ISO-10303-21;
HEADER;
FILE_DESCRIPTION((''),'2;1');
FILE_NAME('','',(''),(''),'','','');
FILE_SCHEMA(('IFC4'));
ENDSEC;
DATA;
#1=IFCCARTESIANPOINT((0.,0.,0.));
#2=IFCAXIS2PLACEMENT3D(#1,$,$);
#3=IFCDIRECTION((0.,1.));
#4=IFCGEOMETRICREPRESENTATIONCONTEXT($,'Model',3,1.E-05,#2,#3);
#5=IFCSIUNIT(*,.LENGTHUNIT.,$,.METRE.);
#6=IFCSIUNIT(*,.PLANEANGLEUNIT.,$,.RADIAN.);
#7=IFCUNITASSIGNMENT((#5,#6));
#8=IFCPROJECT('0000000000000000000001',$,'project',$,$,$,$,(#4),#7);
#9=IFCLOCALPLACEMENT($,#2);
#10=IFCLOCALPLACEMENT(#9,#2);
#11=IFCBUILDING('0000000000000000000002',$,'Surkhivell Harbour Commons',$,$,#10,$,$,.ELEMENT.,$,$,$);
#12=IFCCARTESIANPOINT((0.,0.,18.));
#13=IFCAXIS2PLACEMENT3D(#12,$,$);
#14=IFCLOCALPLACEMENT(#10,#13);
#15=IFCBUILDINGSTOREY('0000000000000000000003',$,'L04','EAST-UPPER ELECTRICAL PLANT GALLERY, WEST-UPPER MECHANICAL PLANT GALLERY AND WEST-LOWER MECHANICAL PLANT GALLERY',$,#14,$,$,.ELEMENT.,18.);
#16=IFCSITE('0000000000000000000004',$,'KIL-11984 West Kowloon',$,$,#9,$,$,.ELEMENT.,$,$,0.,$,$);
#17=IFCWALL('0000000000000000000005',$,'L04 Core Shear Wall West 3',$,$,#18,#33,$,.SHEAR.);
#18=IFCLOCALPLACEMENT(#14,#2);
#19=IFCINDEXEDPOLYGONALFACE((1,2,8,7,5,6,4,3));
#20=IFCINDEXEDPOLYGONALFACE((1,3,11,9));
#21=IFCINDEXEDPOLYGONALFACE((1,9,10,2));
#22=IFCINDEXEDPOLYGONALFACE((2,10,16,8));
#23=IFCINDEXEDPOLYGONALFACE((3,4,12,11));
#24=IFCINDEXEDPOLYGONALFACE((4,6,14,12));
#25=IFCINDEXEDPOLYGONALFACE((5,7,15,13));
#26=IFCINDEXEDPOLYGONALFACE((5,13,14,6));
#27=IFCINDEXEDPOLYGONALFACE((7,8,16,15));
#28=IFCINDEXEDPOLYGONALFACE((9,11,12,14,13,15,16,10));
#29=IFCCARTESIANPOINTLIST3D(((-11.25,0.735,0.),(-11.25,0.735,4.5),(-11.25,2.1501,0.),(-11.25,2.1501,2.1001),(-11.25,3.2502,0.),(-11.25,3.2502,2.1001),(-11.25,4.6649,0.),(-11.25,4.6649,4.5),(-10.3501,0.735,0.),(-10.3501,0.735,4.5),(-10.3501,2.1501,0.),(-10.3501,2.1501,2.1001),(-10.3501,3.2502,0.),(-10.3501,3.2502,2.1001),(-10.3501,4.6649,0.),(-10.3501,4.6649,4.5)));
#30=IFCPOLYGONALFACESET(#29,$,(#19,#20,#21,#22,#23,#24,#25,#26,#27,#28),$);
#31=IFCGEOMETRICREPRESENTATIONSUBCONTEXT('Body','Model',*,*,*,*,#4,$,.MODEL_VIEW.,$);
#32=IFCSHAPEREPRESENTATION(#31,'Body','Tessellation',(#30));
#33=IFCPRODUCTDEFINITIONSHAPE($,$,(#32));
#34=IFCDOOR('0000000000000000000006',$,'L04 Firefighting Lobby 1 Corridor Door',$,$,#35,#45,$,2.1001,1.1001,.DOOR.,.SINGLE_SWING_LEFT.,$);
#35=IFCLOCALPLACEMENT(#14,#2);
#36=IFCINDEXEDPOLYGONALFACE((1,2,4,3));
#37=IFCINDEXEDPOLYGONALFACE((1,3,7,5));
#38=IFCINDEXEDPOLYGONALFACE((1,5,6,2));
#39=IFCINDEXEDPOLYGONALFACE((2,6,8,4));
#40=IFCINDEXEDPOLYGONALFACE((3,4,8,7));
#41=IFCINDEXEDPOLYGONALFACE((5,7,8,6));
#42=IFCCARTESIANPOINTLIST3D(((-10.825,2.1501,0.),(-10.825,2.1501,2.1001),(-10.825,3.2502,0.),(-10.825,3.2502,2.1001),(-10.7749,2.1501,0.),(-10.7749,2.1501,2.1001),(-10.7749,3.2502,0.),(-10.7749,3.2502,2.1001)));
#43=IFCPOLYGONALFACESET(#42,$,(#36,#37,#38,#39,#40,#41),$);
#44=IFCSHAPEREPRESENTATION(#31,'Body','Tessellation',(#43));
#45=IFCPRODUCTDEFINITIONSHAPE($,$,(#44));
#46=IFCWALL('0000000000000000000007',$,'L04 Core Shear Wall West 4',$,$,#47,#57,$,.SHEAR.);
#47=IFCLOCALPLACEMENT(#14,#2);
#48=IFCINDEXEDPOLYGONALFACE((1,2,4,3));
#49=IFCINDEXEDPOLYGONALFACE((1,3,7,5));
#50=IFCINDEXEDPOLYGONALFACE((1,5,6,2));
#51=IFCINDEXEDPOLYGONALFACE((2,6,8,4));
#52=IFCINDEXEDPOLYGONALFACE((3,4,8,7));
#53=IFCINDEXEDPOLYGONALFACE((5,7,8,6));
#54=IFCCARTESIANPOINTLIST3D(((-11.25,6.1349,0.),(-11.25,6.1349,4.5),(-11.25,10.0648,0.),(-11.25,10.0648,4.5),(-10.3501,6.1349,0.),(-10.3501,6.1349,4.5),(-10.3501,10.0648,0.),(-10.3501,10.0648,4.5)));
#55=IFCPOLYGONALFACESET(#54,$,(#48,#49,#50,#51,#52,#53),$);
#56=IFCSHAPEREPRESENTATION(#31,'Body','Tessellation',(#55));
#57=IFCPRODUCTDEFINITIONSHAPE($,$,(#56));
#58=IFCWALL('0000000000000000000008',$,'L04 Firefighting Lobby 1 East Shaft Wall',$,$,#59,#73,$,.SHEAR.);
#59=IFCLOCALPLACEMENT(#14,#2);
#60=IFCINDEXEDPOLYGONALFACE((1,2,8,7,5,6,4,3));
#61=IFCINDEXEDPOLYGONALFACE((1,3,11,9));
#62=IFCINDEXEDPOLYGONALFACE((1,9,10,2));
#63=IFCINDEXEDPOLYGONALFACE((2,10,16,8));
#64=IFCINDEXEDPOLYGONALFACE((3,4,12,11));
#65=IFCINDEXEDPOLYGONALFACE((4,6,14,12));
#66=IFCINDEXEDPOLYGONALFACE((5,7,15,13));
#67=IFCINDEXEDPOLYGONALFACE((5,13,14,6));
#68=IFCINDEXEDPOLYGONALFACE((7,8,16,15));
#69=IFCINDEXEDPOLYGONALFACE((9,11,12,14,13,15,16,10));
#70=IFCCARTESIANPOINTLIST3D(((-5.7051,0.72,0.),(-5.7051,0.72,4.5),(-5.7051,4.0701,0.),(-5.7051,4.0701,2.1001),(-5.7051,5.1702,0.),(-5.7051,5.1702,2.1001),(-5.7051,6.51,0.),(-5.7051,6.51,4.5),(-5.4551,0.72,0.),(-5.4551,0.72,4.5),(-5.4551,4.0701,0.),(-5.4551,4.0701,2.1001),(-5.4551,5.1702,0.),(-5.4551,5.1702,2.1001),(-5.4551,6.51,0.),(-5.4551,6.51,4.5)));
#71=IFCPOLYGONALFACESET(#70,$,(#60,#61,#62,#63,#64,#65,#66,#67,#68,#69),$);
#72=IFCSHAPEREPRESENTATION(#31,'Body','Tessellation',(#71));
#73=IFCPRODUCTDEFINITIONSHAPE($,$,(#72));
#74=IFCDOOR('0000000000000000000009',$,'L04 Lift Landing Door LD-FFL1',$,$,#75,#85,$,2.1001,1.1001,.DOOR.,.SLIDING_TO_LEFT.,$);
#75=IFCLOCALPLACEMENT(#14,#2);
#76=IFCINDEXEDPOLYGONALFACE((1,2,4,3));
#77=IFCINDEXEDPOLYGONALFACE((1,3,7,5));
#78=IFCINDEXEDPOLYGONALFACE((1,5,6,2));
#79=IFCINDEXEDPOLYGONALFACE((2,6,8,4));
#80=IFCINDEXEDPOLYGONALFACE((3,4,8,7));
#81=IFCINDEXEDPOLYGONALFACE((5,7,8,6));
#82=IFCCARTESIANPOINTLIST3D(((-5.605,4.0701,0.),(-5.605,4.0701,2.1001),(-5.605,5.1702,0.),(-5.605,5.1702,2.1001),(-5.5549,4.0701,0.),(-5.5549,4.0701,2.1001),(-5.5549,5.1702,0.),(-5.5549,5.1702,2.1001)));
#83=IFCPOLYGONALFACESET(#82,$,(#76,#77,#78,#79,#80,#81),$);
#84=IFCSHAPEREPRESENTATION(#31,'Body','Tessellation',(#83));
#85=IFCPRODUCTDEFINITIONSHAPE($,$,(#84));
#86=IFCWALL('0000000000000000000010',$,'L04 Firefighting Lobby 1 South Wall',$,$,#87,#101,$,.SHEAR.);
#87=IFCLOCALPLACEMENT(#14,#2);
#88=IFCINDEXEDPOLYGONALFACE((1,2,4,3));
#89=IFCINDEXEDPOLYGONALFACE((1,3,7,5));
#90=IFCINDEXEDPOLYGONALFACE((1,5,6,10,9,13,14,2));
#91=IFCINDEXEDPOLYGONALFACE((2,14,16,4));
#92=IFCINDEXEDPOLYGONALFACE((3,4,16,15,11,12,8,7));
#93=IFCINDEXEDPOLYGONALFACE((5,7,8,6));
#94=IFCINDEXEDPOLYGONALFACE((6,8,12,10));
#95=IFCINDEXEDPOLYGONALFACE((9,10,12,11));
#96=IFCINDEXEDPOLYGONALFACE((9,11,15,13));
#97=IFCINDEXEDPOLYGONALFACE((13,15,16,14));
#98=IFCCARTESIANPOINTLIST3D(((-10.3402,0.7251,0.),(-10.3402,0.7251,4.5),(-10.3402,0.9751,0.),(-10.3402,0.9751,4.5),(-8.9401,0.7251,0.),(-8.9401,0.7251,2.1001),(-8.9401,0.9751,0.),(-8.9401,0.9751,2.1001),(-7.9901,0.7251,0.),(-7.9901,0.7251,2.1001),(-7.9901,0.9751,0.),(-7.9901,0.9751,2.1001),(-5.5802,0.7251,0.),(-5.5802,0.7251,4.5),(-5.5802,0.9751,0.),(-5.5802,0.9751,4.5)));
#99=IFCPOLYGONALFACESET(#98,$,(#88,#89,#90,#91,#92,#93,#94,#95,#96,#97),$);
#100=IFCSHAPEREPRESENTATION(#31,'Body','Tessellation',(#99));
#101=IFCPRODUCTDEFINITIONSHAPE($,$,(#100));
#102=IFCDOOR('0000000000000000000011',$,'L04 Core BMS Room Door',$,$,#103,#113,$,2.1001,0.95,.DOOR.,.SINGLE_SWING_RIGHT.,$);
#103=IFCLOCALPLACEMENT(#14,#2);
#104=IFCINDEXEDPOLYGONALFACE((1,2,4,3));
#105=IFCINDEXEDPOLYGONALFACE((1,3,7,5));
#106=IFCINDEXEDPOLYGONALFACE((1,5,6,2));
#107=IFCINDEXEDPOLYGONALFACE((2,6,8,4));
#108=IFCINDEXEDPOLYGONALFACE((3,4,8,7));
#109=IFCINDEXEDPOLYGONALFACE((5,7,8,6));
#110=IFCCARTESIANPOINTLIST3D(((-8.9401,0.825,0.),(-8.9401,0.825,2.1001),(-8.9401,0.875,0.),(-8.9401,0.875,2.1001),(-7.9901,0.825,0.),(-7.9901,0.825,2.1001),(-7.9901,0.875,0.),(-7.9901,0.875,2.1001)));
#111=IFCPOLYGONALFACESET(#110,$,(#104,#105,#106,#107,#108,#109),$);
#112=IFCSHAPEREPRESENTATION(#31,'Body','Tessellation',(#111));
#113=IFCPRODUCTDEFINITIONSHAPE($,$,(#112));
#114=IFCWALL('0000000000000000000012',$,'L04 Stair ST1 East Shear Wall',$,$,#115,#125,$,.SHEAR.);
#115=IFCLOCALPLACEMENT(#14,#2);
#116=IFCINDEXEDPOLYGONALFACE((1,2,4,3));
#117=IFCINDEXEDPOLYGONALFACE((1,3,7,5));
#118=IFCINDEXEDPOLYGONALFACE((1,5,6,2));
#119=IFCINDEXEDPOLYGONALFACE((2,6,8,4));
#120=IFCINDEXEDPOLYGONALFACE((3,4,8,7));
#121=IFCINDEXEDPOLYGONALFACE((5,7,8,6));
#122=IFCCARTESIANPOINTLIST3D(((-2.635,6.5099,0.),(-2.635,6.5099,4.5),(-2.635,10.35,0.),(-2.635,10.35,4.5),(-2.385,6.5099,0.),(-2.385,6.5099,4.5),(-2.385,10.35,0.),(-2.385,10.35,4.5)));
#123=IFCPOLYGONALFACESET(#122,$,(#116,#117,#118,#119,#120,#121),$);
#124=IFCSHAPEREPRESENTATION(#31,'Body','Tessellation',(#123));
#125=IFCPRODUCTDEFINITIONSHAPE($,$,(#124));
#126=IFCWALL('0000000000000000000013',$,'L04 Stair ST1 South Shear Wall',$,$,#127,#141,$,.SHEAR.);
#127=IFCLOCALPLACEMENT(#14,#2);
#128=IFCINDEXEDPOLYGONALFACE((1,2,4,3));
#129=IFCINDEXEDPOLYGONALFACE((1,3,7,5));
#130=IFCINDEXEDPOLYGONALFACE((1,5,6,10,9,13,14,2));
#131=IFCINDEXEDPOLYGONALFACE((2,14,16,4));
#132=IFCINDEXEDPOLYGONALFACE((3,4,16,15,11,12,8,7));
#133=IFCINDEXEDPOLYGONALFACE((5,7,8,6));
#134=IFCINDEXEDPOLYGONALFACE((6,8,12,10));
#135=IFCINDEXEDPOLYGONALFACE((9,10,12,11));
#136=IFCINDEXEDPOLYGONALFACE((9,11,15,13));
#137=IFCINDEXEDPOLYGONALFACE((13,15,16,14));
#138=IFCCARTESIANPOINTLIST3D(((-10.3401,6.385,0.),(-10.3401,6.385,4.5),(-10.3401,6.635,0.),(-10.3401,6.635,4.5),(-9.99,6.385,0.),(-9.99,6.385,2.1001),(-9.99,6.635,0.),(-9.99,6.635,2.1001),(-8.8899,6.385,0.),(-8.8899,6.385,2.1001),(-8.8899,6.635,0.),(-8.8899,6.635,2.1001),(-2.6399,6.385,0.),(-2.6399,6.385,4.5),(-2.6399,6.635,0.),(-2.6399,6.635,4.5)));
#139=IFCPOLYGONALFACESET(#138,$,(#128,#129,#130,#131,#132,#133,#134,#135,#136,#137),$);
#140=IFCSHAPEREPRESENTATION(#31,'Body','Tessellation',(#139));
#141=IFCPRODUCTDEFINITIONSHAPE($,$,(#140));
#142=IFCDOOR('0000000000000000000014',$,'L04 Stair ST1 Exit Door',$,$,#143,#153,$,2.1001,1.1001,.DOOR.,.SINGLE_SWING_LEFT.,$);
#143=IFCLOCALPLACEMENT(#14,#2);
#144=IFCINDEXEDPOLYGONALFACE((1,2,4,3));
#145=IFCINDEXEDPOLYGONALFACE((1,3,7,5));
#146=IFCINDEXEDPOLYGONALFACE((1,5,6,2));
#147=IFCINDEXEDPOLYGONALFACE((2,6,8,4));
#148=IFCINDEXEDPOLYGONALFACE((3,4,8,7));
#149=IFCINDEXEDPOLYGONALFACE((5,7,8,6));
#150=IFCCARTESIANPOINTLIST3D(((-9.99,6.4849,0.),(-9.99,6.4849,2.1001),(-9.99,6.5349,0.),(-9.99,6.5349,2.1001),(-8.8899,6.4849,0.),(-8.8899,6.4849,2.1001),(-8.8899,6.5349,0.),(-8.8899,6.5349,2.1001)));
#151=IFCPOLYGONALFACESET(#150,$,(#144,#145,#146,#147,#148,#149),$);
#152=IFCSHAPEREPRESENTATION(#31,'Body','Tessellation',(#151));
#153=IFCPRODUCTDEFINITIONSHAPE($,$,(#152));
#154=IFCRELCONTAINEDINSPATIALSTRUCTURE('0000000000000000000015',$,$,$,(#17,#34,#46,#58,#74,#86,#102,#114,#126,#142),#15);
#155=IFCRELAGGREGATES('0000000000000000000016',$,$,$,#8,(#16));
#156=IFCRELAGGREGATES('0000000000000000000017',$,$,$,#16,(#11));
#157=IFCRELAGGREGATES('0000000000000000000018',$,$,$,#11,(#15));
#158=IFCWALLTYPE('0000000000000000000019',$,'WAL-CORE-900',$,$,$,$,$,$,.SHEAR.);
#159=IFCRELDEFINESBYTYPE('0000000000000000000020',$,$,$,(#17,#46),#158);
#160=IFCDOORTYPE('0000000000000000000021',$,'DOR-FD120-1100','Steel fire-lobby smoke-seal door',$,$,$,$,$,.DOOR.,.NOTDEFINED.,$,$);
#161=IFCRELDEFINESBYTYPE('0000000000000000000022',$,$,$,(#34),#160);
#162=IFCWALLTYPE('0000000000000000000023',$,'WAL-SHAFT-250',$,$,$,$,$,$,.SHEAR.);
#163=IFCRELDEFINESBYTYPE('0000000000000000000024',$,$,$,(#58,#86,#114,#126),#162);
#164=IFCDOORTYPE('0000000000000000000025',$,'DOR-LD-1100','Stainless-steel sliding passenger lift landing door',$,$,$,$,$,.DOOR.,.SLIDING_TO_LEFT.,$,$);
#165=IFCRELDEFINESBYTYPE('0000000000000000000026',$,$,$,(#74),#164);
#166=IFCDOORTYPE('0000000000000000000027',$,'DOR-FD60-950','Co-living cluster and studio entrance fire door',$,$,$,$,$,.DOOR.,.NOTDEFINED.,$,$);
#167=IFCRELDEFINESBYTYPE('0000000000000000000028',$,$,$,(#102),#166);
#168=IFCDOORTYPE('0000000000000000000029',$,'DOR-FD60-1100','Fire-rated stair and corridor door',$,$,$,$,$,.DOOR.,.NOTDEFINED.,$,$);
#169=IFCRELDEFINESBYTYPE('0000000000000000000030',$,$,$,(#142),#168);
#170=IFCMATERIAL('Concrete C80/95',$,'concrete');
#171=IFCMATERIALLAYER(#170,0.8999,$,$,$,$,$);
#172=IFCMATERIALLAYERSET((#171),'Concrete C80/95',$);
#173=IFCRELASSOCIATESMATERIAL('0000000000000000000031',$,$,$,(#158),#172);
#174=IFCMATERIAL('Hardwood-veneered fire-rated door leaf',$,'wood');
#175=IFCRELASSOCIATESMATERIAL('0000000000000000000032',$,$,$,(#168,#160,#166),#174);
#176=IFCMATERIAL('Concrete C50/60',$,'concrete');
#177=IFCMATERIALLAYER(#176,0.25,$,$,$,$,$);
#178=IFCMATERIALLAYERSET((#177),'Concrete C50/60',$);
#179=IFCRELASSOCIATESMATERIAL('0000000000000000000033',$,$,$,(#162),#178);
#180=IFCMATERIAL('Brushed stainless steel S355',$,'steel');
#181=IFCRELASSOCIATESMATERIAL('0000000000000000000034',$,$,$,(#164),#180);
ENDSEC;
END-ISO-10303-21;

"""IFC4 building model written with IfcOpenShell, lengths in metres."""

from ifc_helpers import new_model, si_unit, direction, frame, frame_2d, origin, place, context, subcontext, project, spatial, rectangle, extrude, material, layer, layer_set, type_object, element, fill, save


model = new_model("IFC4")

# Units and contexts
model_context = context("Model", 3, precision=1e-05, world=origin(), true_north=direction((0.0, 1.0)))
body_context = subcontext(model_context, "Body", "Model", "MODEL_VIEW")
ifc_project = project(units=[si_unit("LENGTHUNIT", "METRE"), si_unit("PLANEANGLEUNIT", "RADIAN")], contexts=[model_context])

# Site, building, storey
site_placement = place(None, origin())
site = spatial("IfcSite", under=ifc_project, at=site_placement, Name="KIL-11984 West Kowloon", CompositionType="ELEMENT", RefElevation=0.0)
building_placement = place(site_placement, origin())
building = spatial("IfcBuilding", under=site, at=building_placement, Name="Surkhivell Harbour Commons", CompositionType="ELEMENT")
storey_placement = place(building_placement, frame((0.0, 0.0, 18.0)))
storey = spatial("IfcBuildingStorey", under=building, at=storey_placement, Name="L04", Description="EAST-UPPER ELECTRICAL PLANT GALLERY, WEST-UPPER MECHANICAL PLANT GALLERY AND WEST-LOWER MECHANICAL PLANT GALLERY", CompositionType="ELEMENT", Elevation=18.0)

# Shared definitions
ifc_material_1 = material(Name="Concrete C80/95", Category="concrete")

# Shared definitions
ifc_layer_1 = layer(ifc_material_1, 0.8999)
ifc_layer_set_1 = layer_set([ifc_layer_1], Name="Concrete C80/95")
wall_type_1 = type_object("IfcWallType", Name="WAL-CORE-900", PredefinedType="SHEAR", material=ifc_layer_set_1)

# Wall, opening, door
ifc_material_2 = material(Name="Hardwood-veneered fire-rated door leaf", Category="wood")
door_type_1 = type_object("IfcDoorType", Name="DOR-FD60-1100", Description="Fire-rated stair and corridor door", OperationType="NOTDEFINED", PredefinedType="DOOR", material=ifc_material_2)
wall_1_placement = place(storey_placement, frame((-10.8, 0.7351, 0.0), z_axis=(0.0, 0.0, 1.0), x_axis=(0.0, 1.0, 0.0)))
wall_1 = element("IfcWall", 1, at=wall_1_placement, inside=storey, type_object=wall_type_1, Name="L04 Core Shear Wall West 3", PredefinedType="SHEAR", context=body_context, shape_type="SweptSolid", body=[
    extrude(rectangle(XDim=3.9299, YDim=0.8999, at=frame_2d((1.9648, 0.0))), origin(), (0.0, 0.0, 1.0), 4.5),
])
opening_1_placement = place(wall_1_placement, frame((1.415, 0.0, 0.0)))
opening_1 = element("IfcOpeningElement", 2, at=opening_1_placement, cuts=wall_1, PredefinedType="OPENING", context=body_context, shape_type="SweptSolid", body=[
    extrude(rectangle(XDim=1.1001, YDim=2.1001, at=frame_2d((0.55, 1.05))), frame((0.0, 0.46, 0.0), z_axis=(0.0, -1.0, 0.0), x_axis=(1.0, 0.0, 0.0)), (0.0, 0.0, 1.0), 0.9199),
])
door_type_2 = type_object("IfcDoorType", Name="DOR-FD120-1100", Description="Steel fire-lobby smoke-seal door", OperationType="NOTDEFINED", PredefinedType="DOOR", material=ifc_material_2)
door_1_placement = place(opening_1_placement, origin())
door_1 = element("IfcDoor", 3, at=door_1_placement, inside=storey, type_object=door_type_2, Name="L04 Firefighting Lobby 1 Corridor Door", OperationType="SINGLE_SWING_LEFT", OverallHeight=2.1001, OverallWidth=1.1001, PredefinedType="DOOR", context=body_context, shape_type="SweptSolid", body=[
    extrude(rectangle(XDim=1.1001, YDim=2.1001, at=frame_2d((0.55, 1.05))), frame((0.0, 0.0249, 0.0), z_axis=(0.0, -1.0, 0.0), x_axis=(1.0, 0.0, 0.0)), (0.0, 0.0, 1.0), 0.05),
])
fill(opening_1, door_1)

# Wall
wall_2_placement = place(storey_placement, frame((-10.8, 6.135, 0.0), z_axis=(0.0, 0.0, 1.0), x_axis=(0.0, 1.0, 0.0)))
element("IfcWall", 4, at=wall_2_placement, inside=storey, type_object=wall_type_1, Name="L04 Core Shear Wall West 4", PredefinedType="SHEAR", context=body_context, shape_type="SweptSolid", body=[
    extrude(rectangle(XDim=3.9299, YDim=0.8999, at=frame_2d((1.9648, 0.0))), origin(), (0.0, 0.0, 1.0), 4.5),
])

# Walls, openings, doors
ifc_material_3 = material(Name="Concrete C50/60", Category="concrete")
ifc_layer_2 = layer(ifc_material_3, 0.25)
ifc_layer_set_2 = layer_set([ifc_layer_2], Name="Concrete C50/60")
wall_type_2 = type_object("IfcWallType", Name="WAL-SHAFT-250", PredefinedType="SHEAR", material=ifc_layer_set_2)
wall_3_placement = place(storey_placement, frame((-5.5801, 0.72, 0.0), z_axis=(0.0, 0.0, 1.0), x_axis=(0.0, 1.0, 0.0)))
wall_3 = element("IfcWall", 5, at=wall_3_placement, inside=storey, type_object=wall_type_2, Name="L04 Firefighting Lobby 1 East Shaft Wall", PredefinedType="SHEAR", context=body_context, shape_type="SweptSolid", body=[
    extrude(rectangle(XDim=5.79, YDim=0.25, at=frame_2d((2.895, 0.0))), origin(), (0.0, 0.0, 1.0), 4.5),
])
opening_2_placement = place(wall_3_placement, frame((3.3501, 0.0, 0.0)))
opening_2 = element("IfcOpeningElement", 6, at=opening_2_placement, cuts=wall_3, PredefinedType="OPENING", context=body_context, shape_type="SweptSolid", body=[
    extrude(rectangle(XDim=1.1001, YDim=2.1001, at=frame_2d((0.55, 1.05))), frame((0.0, 0.135, 0.0), z_axis=(0.0, -1.0, 0.0), x_axis=(1.0, 0.0, 0.0)), (0.0, 0.0, 1.0), 0.27),
])
ifc_material_4 = material(Name="Brushed stainless steel S355", Category="steel")
door_type_3 = type_object("IfcDoorType", Name="DOR-LD-1100", Description="Stainless-steel sliding passenger lift landing door", OperationType="SLIDING_TO_LEFT", PredefinedType="DOOR", material=ifc_material_4)
door_2_placement = place(opening_2_placement, origin())
door_2 = element("IfcDoor", 7, at=door_2_placement, inside=storey, type_object=door_type_3, Name="L04 Lift Landing Door LD-FFL1", OperationType="SLIDING_TO_LEFT", OverallHeight=2.1001, OverallWidth=1.1001, PredefinedType="DOOR", context=body_context, shape_type="SweptSolid", body=[
    extrude(rectangle(XDim=1.1001, YDim=2.1001, at=frame_2d((0.55, 1.05))), frame((0.0, 0.0249, 0.0), z_axis=(0.0, -1.0, 0.0), x_axis=(1.0, 0.0, 0.0)), (0.0, 0.0, 1.0), 0.05),
])
fill(opening_2, door_2)
wall_4_placement = place(storey_placement, frame((-10.3401, 0.8501, 0.0), z_axis=(0.0, 0.0, 1.0), x_axis=(1.0, 0.0, 0.0)))
wall_4 = element("IfcWall", 8, at=wall_4_placement, inside=storey, type_object=wall_type_2, Name="L04 Firefighting Lobby 1 South Wall", PredefinedType="SHEAR", context=body_context, shape_type="SweptSolid", body=[
    extrude(rectangle(XDim=4.76, YDim=0.25, at=frame_2d((2.3799, 0.0))), origin(), (0.0, 0.0, 1.0), 4.5),
])
opening_3_placement = place(wall_4_placement, frame((1.3999, 0.0, 0.0)))
opening_3 = element("IfcOpeningElement", 9, at=opening_3_placement, cuts=wall_4, PredefinedType="OPENING", context=body_context, shape_type="SweptSolid", body=[
    extrude(rectangle(XDim=0.95, YDim=2.1001, at=frame_2d((0.4751, 1.05))), frame((0.0, 0.135, 0.0), z_axis=(0.0, -1.0, 0.0), x_axis=(1.0, 0.0, 0.0)), (0.0, 0.0, 1.0), 0.27),
])
door_type_4 = type_object("IfcDoorType", Name="DOR-FD60-950", Description="Co-living cluster and studio entrance fire door", OperationType="NOTDEFINED", PredefinedType="DOOR", material=ifc_material_2)
door_3_placement = place(opening_3_placement, origin())
door_3 = element("IfcDoor", 10, at=door_3_placement, inside=storey, type_object=door_type_4, Name="L04 Core BMS Room Door", OperationType="SINGLE_SWING_RIGHT", OverallHeight=2.1001, OverallWidth=0.95, PredefinedType="DOOR", context=body_context, shape_type="SweptSolid", body=[
    extrude(rectangle(XDim=0.95, YDim=2.1001, at=frame_2d((0.4751, 1.05))), frame((0.0, 0.0249, 0.0), z_axis=(0.0, -1.0, 0.0), x_axis=(1.0, 0.0, 0.0)), (0.0, 0.0, 1.0), 0.05),
])
fill(opening_3, door_3)

# Wall
wall_5_placement = place(storey_placement, frame((-2.51, 6.51, 0.0), z_axis=(0.0, 0.0, 1.0), x_axis=(0.0, 1.0, 0.0)))
element("IfcWall", 11, at=wall_5_placement, inside=storey, type_object=wall_type_2, Name="L04 Stair ST1 East Shear Wall", PredefinedType="SHEAR", context=body_context, shape_type="SweptSolid", body=[
    extrude(rectangle(XDim=3.8401, YDim=0.25, at=frame_2d((1.9199, 0.0))), origin(), (0.0, 0.0, 1.0), 4.5),
])

# Wall, opening, door
wall_6_placement = place(storey_placement, frame((-10.3401, 6.51, 0.0), z_axis=(0.0, 0.0, 1.0), x_axis=(1.0, 0.0, 0.0)))
wall_6 = element("IfcWall", 12, at=wall_6_placement, inside=storey, type_object=wall_type_2, Name="L04 Stair ST1 South Shear Wall", PredefinedType="SHEAR", context=body_context, shape_type="SweptSolid", body=[
    extrude(rectangle(XDim=7.7002, YDim=0.25, at=frame_2d((3.8501, 0.0))), origin(), (0.0, 0.0, 1.0), 4.5),
])
opening_4_placement = place(wall_6_placement, frame((0.3501, 0.0, 0.0)))
opening_4 = element("IfcOpeningElement", 13, at=opening_4_placement, cuts=wall_6, PredefinedType="OPENING", context=body_context, shape_type="SweptSolid", body=[
    extrude(rectangle(XDim=1.1001, YDim=2.1001, at=frame_2d((0.55, 1.05))), frame((0.0, 0.135, 0.0), z_axis=(0.0, -1.0, 0.0), x_axis=(1.0, 0.0, 0.0)), (0.0, 0.0, 1.0), 0.27),
])
door_4_placement = place(opening_4_placement, origin())
door_4 = element("IfcDoor", 14, at=door_4_placement, inside=storey, type_object=door_type_1, Name="L04 Stair ST1 Exit Door", OperationType="SINGLE_SWING_LEFT", OverallHeight=2.1001, OverallWidth=1.1001, PredefinedType="DOOR", context=body_context, shape_type="SweptSolid", body=[
    extrude(rectangle(XDim=1.1001, YDim=2.1001, at=frame_2d((0.55, 1.05))), frame((0.0, 0.0249, 0.0), z_axis=(0.0, -1.0, 0.0), x_axis=(1.0, 0.0, 0.0)), (0.0, 0.0, 1.0), 0.05),
])
fill(opening_4, door_4)

save(model, "model.ifc")
